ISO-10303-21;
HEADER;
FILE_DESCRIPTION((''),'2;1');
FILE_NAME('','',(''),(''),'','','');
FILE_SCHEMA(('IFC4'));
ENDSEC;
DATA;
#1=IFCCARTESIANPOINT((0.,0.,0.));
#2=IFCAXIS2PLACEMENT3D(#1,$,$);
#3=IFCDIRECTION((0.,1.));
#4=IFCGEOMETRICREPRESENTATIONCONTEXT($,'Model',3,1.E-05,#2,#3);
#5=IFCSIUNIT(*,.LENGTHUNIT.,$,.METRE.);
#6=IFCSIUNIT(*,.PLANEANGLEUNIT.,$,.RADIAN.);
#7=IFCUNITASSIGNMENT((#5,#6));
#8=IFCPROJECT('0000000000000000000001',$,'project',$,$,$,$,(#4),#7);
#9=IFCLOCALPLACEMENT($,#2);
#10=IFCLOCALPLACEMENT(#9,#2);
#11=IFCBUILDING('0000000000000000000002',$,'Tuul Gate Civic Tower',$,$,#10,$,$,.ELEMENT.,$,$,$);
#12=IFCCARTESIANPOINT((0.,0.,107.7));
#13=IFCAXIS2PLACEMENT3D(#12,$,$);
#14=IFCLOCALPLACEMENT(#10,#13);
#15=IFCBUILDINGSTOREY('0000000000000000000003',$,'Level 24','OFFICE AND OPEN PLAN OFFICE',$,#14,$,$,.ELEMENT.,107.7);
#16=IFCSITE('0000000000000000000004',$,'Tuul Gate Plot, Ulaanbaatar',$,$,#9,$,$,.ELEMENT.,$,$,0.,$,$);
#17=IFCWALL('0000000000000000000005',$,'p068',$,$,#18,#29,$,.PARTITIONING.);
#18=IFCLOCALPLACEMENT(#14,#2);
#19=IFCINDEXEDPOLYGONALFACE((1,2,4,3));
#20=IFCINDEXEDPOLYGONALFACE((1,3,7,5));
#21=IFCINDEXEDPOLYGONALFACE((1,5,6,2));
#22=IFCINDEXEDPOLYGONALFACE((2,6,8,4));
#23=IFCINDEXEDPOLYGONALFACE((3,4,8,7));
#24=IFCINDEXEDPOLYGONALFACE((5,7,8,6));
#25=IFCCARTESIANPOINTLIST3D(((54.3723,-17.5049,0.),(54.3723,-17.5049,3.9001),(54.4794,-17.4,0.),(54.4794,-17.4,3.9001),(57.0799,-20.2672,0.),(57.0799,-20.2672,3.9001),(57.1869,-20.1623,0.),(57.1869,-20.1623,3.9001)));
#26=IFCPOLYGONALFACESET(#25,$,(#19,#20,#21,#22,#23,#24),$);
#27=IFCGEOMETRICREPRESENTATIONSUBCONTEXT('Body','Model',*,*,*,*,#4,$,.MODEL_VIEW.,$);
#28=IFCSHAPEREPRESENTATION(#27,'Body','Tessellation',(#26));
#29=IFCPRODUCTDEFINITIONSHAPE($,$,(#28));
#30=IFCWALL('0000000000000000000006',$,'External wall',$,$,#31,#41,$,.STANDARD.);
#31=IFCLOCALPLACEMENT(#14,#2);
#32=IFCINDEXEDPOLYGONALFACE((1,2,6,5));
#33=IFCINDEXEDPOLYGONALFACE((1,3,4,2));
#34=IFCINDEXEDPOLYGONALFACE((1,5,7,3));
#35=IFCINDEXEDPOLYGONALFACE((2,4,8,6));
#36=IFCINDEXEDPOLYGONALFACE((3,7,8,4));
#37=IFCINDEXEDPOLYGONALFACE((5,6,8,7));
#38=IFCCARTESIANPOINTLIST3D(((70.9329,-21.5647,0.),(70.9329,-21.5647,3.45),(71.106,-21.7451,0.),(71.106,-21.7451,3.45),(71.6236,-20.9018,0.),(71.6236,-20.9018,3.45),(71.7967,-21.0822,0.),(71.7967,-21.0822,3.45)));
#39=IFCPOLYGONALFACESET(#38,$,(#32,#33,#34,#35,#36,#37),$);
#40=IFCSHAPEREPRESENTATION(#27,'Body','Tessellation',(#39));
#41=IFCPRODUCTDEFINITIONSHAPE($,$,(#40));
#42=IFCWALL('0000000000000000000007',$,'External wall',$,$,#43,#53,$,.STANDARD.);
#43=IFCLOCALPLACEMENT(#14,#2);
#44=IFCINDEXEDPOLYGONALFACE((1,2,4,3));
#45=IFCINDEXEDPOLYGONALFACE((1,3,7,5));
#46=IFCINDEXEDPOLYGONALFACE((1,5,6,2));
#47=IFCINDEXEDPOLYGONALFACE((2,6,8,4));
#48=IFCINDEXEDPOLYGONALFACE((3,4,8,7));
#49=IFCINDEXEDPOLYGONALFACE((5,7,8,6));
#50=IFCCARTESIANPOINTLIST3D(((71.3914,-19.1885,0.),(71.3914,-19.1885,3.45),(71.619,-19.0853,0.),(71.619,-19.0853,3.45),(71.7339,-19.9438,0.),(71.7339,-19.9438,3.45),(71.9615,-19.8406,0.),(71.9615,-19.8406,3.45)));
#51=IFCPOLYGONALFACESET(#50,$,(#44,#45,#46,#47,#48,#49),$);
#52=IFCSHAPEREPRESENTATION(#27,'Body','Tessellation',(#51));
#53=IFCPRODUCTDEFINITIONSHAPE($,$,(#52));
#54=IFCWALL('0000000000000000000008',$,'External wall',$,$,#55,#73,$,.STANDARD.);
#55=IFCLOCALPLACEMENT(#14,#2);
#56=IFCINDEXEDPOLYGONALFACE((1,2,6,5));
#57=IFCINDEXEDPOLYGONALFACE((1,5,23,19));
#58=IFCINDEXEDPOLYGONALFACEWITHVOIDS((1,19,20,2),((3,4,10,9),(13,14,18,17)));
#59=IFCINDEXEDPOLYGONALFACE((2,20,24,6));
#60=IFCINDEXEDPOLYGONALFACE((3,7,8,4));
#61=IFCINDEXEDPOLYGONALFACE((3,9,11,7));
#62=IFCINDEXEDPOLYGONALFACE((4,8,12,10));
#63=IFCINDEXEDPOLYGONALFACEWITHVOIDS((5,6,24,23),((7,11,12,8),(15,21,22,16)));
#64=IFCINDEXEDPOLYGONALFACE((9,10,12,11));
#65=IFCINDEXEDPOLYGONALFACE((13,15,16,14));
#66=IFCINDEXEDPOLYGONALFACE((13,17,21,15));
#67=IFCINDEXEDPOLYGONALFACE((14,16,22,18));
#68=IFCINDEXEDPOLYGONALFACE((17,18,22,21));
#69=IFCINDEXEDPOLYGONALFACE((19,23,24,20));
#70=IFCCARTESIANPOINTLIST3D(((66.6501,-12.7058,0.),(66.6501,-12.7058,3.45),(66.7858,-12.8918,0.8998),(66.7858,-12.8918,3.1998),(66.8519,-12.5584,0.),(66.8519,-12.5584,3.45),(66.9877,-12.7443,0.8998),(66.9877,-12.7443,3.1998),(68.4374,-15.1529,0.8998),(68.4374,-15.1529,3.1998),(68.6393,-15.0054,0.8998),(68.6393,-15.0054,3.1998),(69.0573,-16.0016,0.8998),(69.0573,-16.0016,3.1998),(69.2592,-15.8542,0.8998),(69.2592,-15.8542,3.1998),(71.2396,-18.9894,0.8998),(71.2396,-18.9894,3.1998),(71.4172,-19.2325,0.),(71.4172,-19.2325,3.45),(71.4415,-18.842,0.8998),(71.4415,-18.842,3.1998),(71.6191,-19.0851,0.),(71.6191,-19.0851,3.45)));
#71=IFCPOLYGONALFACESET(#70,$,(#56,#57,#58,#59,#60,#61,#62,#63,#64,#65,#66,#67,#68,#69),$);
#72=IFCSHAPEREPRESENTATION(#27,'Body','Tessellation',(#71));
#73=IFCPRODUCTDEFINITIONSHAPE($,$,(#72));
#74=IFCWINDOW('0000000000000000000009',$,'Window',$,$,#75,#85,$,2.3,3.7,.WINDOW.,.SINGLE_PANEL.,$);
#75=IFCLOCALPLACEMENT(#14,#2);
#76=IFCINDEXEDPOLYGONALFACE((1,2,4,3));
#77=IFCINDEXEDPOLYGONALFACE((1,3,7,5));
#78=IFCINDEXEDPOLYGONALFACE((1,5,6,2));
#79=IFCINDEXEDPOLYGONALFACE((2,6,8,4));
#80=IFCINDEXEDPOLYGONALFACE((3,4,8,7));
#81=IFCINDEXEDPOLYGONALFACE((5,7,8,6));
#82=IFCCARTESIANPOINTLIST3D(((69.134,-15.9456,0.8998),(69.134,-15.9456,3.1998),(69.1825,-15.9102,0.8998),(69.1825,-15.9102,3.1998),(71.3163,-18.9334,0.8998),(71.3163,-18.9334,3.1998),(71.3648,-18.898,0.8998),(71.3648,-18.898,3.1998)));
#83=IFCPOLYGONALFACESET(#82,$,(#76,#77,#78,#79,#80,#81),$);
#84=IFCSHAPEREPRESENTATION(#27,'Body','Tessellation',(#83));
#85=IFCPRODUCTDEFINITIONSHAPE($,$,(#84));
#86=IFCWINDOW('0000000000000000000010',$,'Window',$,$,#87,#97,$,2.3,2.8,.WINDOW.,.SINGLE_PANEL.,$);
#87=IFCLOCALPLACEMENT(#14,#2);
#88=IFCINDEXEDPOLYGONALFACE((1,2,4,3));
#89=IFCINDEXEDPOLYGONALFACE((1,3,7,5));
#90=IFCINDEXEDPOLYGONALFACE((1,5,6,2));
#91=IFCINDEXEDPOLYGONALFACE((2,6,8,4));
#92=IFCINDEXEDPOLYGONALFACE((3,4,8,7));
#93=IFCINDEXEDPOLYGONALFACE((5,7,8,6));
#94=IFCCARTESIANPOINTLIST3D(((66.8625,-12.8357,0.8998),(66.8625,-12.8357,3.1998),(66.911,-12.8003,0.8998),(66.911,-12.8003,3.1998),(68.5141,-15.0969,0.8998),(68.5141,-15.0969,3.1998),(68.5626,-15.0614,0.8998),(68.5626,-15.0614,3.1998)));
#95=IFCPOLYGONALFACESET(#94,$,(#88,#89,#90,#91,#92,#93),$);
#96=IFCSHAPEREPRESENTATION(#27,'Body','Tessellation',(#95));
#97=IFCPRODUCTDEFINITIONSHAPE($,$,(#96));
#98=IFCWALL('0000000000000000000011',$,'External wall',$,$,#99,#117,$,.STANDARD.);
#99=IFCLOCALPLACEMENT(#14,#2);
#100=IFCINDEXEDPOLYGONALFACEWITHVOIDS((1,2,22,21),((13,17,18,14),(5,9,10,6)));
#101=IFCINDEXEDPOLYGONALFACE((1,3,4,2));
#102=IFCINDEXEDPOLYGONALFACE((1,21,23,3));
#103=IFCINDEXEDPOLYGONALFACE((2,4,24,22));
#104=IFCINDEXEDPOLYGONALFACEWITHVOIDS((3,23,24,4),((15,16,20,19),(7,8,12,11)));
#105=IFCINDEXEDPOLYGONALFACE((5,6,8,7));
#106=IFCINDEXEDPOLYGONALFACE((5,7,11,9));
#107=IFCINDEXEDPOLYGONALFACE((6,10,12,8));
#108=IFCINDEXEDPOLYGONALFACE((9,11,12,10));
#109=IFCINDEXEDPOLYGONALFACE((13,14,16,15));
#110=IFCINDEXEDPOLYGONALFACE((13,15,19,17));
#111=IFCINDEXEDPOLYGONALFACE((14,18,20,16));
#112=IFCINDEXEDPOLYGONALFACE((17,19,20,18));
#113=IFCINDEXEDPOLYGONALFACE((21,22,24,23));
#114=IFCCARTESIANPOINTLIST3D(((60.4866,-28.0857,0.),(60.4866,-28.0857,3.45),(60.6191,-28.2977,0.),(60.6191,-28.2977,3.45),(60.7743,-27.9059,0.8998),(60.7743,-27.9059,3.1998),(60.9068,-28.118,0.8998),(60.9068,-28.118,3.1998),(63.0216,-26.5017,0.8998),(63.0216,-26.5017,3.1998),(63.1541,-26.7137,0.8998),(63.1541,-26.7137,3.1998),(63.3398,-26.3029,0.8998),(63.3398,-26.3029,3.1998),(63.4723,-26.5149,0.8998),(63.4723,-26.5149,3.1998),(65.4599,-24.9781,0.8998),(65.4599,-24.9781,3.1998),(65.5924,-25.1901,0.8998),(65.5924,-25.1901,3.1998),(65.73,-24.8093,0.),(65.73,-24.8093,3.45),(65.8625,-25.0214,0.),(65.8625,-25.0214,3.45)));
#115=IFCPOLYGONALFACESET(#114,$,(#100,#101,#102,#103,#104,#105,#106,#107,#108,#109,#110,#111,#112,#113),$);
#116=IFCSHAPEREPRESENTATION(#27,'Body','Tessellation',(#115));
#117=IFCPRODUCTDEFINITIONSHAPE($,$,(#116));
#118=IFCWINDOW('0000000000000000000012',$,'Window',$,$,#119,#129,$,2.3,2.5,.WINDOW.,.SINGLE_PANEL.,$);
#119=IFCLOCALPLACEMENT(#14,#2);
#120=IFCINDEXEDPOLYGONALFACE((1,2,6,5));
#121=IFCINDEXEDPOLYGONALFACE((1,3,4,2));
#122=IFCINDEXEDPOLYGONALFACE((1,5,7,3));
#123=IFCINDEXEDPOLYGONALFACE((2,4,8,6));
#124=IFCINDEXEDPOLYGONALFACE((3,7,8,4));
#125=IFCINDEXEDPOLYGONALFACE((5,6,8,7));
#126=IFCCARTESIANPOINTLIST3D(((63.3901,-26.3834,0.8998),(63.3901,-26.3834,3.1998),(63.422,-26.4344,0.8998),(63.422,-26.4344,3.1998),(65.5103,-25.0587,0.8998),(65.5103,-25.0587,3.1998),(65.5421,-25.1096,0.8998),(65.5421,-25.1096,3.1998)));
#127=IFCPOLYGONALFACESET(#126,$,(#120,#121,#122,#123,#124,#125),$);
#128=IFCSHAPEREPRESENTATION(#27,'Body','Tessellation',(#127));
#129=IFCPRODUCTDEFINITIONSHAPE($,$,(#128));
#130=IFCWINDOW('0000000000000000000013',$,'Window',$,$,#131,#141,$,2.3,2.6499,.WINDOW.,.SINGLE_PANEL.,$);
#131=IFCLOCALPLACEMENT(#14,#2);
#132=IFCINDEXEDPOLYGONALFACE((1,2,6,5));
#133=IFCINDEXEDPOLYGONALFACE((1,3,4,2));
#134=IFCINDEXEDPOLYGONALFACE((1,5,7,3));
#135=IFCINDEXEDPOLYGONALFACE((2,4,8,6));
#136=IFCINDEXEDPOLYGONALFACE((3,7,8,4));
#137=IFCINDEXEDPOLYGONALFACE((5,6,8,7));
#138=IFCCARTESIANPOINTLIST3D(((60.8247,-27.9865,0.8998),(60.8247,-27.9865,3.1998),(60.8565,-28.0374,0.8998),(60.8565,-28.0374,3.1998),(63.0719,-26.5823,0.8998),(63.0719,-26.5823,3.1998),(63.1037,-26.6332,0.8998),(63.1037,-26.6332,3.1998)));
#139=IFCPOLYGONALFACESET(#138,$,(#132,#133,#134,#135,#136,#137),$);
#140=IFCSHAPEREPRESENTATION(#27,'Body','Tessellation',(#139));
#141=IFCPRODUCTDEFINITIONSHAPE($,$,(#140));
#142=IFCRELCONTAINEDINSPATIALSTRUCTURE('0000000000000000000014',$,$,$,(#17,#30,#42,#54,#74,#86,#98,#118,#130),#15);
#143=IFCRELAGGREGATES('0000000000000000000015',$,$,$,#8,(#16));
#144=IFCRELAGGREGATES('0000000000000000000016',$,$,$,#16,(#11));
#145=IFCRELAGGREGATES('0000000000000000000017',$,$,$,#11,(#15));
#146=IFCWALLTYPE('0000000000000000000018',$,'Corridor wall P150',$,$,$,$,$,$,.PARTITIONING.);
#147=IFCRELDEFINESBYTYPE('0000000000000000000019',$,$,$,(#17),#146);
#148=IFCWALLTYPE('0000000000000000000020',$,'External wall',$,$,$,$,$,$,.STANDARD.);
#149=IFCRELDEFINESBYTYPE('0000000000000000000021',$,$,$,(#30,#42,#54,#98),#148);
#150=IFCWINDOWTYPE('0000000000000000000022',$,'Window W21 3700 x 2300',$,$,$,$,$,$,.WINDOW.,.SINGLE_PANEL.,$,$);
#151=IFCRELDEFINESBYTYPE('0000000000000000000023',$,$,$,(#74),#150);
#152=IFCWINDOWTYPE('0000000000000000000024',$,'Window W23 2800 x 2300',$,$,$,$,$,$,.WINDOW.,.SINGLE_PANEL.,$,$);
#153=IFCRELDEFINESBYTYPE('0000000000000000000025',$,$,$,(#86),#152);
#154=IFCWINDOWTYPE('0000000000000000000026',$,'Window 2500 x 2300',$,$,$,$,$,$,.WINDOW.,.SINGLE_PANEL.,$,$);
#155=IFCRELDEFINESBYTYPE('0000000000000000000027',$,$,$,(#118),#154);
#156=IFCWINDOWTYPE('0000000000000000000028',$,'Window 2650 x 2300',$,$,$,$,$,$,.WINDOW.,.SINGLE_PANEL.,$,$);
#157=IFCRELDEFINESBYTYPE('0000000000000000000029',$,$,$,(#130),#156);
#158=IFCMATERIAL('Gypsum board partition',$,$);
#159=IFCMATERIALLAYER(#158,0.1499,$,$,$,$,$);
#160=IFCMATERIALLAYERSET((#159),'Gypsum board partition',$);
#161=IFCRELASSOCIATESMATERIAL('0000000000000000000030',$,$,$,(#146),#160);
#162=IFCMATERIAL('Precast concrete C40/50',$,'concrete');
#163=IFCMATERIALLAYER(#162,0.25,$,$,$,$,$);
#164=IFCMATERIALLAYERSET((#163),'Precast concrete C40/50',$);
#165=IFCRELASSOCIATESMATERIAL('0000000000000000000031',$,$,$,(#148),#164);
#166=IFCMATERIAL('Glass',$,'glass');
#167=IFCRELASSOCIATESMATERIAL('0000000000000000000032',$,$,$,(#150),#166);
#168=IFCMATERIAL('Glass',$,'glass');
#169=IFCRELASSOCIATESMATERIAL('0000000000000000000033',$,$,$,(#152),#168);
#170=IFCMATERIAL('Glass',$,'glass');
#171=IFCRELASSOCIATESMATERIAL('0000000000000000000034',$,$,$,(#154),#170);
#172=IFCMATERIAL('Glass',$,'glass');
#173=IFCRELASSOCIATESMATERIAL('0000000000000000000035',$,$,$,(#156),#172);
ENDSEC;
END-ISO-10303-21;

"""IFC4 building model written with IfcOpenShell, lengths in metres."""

from ifc_helpers import new_model, si_unit, direction, frame, frame_2d, origin, place, context, subcontext, project, spatial, rectangle, extrude, material, layer, layer_set, type_object, element, fill, save


model = new_model("IFC4")

# Units and contexts
model_context = context("Model", 3, precision=1e-05, world=origin(), true_north=direction((0.0, 1.0)))
body_context = subcontext(model_context, "Body", "Model", "MODEL_VIEW")
ifc_project = project(units=[si_unit("LENGTHUNIT", "METRE"), si_unit("PLANEANGLEUNIT", "RADIAN")], contexts=[model_context])

# Site, building, storey
site_placement = place(None, origin())
site = spatial("IfcSite", under=ifc_project, at=site_placement, Name="Tuul Gate Plot, Ulaanbaatar", CompositionType="ELEMENT", RefElevation=0.0)
building_placement = place(site_placement, origin())
building = spatial("IfcBuilding", under=site, at=building_placement, Name="Tuul Gate Civic Tower", CompositionType="ELEMENT")
storey_placement = place(building_placement, frame((0.0, 0.0, 107.7)))
storey = spatial("IfcBuildingStorey", under=building, at=storey_placement, Name="Level 24", Description="OFFICE AND OPEN PLAN OFFICE", CompositionType="ELEMENT", Elevation=107.7)

# Shared definitions
ifc_material_1 = material(Name="Gypsum board partition")
ifc_layer_1 = layer(ifc_material_1, 0.1499)
ifc_layer_set_1 = layer_set([ifc_layer_1], Name="Gypsum board partition")
wall_type_1 = type_object("IfcWallType", Name="Corridor wall P150", PredefinedType="PARTITIONING", material=ifc_layer_set_1)

# Walls
wall_1_placement = place(storey_placement, frame((54.4258, -17.4524, 0.0), z_axis=(0.0, 0.0, 1.0), x_axis=(0.700002, -0.714141, 0.0)))
element("IfcWall", 1, at=wall_1_placement, inside=storey, type_object=wall_type_1, Name="p068", PredefinedType="PARTITIONING", context=body_context, shape_type="SweptSolid", body=[
    extrude(rectangle(XDim=3.8679, YDim=0.1499, at=frame_2d((1.9341, 0.0))), origin(), (0.0, 0.0, 1.0), 3.9001),
])
ifc_material_2 = material(Name="Precast concrete C40/50", Category="concrete")
ifc_layer_2 = layer(ifc_material_2, 0.25)
ifc_layer_set_2 = layer_set([ifc_layer_2], Name="Precast concrete C40/50")
wall_type_2 = type_object("IfcWallType", Name="External wall", PredefinedType="STANDARD", material=ifc_layer_set_2)
wall_2_placement = place(storey_placement, frame((71.0195, -21.6548, 0.0), z_axis=(0.0, 0.0, 1.0), x_axis=(0.721494, 0.69242, 0.0)))
element("IfcWall", 2, at=wall_2_placement, inside=storey, type_object=wall_type_2, Name="External wall", PredefinedType="STANDARD", context=body_context, shape_type="SweptSolid", body=[
    extrude(rectangle(XDim=0.9573, YDim=0.25, at=frame_2d((0.4785, 0.0))), origin(), (0.0, 0.0, 1.0), 3.45),
])
wall_3_placement = place(storey_placement, frame((71.8477, -19.8921, 0.0), z_axis=(0.0, 0.0, 1.0), x_axis=(-0.412982, 0.910739, 0.0)))
element("IfcWall", 3, at=wall_3_placement, inside=storey, type_object=wall_type_2, Name="External wall", PredefinedType="STANDARD", context=body_context, shape_type="SweptSolid", body=[
    extrude(rectangle(XDim=0.8293, YDim=0.25, at=frame_2d((0.4146, 0.0))), origin(), (0.0, 0.0, 1.0), 3.45),
])

# Walls, openings, windows
wall_4_placement = place(storey_placement, frame((71.5181, -19.1587, 0.0), z_axis=(0.0, 0.0, 1.0), x_axis=(-0.589826, 0.80753, 0.0)))
wall_4 = element("IfcWall", 4, at=wall_4_placement, inside=storey, type_object=wall_type_2, Name="External wall", PredefinedType="STANDARD", context=body_context, shape_type="SweptSolid", body=[
    extrude(rectangle(XDim=8.0823, YDim=0.25, at=frame_2d((4.041, 0.0))), origin(), (0.0, 0.0, 1.0), 3.45),
])
opening_1_placement = place(wall_4_placement, frame((0.3008, 0.0, 0.8999)))
opening_1 = element("IfcOpeningElement", 5, at=opening_1_placement, cuts=wall_4, PredefinedType="OPENING", context=body_context, shape_type="SweptSolid", body=[
    extrude(rectangle(XDim=3.7, YDim=2.3, at=frame_2d((1.8501, 1.1499))), frame((0.0, 0.135, 0.0), z_axis=(0.0, -1.0, 0.0), x_axis=(1.0, 0.0, 0.0)), (0.0, 0.0, 1.0), 0.27),
])
opening_2_placement = place(wall_4_placement, frame((5.052, 0.0, 0.8999)))
opening_2 = element("IfcOpeningElement", 6, at=opening_2_placement, cuts=wall_4, PredefinedType="OPENING", context=body_context, shape_type="SweptSolid", body=[
    extrude(rectangle(XDim=2.8, YDim=2.3, at=frame_2d((1.3999, 1.1499))), frame((0.0, 0.135, 0.0), z_axis=(0.0, -1.0, 0.0), x_axis=(1.0, 0.0, 0.0)), (0.0, 0.0, 1.0), 0.27),
])
ifc_material_3 = material(Name="Glass", Category="glass")
window_type_1 = type_object("IfcWindowType", Name="Window W21 3700 x 2300", PartitioningType="SINGLE_PANEL", PredefinedType="WINDOW", material=ifc_material_3)
window_1_placement = place(opening_1_placement, origin())
window_1 = element("IfcWindow", 7, at=window_1_placement, inside=storey, type_object=window_type_1, Name="Window", OverallHeight=2.3, OverallWidth=3.7, PartitioningType="SINGLE_PANEL", PredefinedType="WINDOW", context=body_context, shape_type="SweptSolid", body=[
    extrude(rectangle(XDim=3.7, YDim=2.3, at=frame_2d((1.8501, 1.1499))), frame((0.0, 0.03, 0.0), z_axis=(0.0, -1.0, 0.0), x_axis=(1.0, 0.0, 0.0)), (0.0, 0.0, 1.0), 0.0601),
])
fill(opening_1, window_1)
ifc_material_4 = material(Name="Glass", Category="glass")
window_type_2 = type_object("IfcWindowType", Name="Window W23 2800 x 2300", PartitioningType="SINGLE_PANEL", PredefinedType="WINDOW", material=ifc_material_4)
window_2_placement = place(opening_2_placement, origin())
window_2 = element("IfcWindow", 8, at=window_2_placement, inside=storey, type_object=window_type_2, Name="Window", OverallHeight=2.3, OverallWidth=2.8, PartitioningType="SINGLE_PANEL", PredefinedType="WINDOW", context=body_context, shape_type="SweptSolid", body=[
    extrude(rectangle(XDim=2.8, YDim=2.3, at=frame_2d((1.3999, 1.1499))), frame((0.0, 0.03, 0.0), z_axis=(0.0, -1.0, 0.0), x_axis=(1.0, 0.0, 0.0)), (0.0, 0.0, 1.0), 0.0601),
])
fill(opening_2, window_2)
wall_5_placement = place(storey_placement, frame((60.553, -28.1917, 0.0), z_axis=(0.0, 0.0, 1.0), x_axis=(0.848054, 0.52991, 0.0)))
wall_5 = element("IfcWall", 9, at=wall_5_placement, inside=storey, type_object=wall_type_2, Name="External wall", PredefinedType="STANDARD", context=body_context, shape_type="SweptSolid", body=[
    extrude(rectangle(XDim=6.1829, YDim=0.25, at=frame_2d((3.0913, 0.0))), origin(), (0.0, 0.0, 1.0), 3.45),
])
opening_3_placement = place(wall_5_placement, frame((0.3391, 0.0, 0.8999)))
opening_3 = element("IfcOpeningElement", 10, at=opening_3_placement, cuts=wall_5, PredefinedType="OPENING", context=body_context, shape_type="SweptSolid", body=[
    extrude(rectangle(XDim=2.6499, YDim=2.3, at=frame_2d((1.325, 1.1499))), frame((0.0, 0.135, 0.0), z_axis=(0.0, -1.0, 0.0), x_axis=(1.0, 0.0, 0.0)), (0.0, 0.0, 1.0), 0.27),
])
opening_4_placement = place(wall_5_placement, frame((3.3643, 0.0, 0.8999)))
opening_4 = element("IfcOpeningElement", 11, at=opening_4_placement, cuts=wall_5, PredefinedType="OPENING", context=body_context, shape_type="SweptSolid", body=[
    extrude(rectangle(XDim=2.5, YDim=2.3, at=frame_2d((1.25, 1.1499))), frame((0.0, 0.135, 0.0), z_axis=(0.0, -1.0, 0.0), x_axis=(1.0, 0.0, 0.0)), (0.0, 0.0, 1.0), 0.27),
])
ifc_material_5 = material(Name="Glass", Category="glass")
window_type_3 = type_object("IfcWindowType", Name="Window 2500 x 2300", PartitioningType="SINGLE_PANEL", PredefinedType="WINDOW", material=ifc_material_5)
window_3_placement = place(opening_4_placement, origin())
window_3 = element("IfcWindow", 12, at=window_3_placement, inside=storey, type_object=window_type_3, Name="Window", OverallHeight=2.3, OverallWidth=2.5, PartitioningType="SINGLE_PANEL", PredefinedType="WINDOW", context=body_context, shape_type="SweptSolid", body=[
    extrude(rectangle(XDim=2.5, YDim=2.3, at=frame_2d((1.25, 1.1499))), frame((0.0, 0.03, 0.0), z_axis=(0.0, -1.0, 0.0), x_axis=(1.0, 0.0, 0.0)), (0.0, 0.0, 1.0), 0.0601),
])
fill(opening_4, window_3)
ifc_material_6 = material(Name="Glass", Category="glass")
window_type_4 = type_object("IfcWindowType", Name="Window 2650 x 2300", PartitioningType="SINGLE_PANEL", PredefinedType="WINDOW", material=ifc_material_6)
window_4_placement = place(opening_3_placement, origin())
window_4 = element("IfcWindow", 13, at=window_4_placement, inside=storey, type_object=window_type_4, Name="Window", OverallHeight=2.3, OverallWidth=2.6499, PartitioningType="SINGLE_PANEL", PredefinedType="WINDOW", context=body_context, shape_type="SweptSolid", body=[
    extrude(rectangle(XDim=2.6499, YDim=2.3, at=frame_2d((1.325, 1.1499))), frame((0.0, 0.03, 0.0), z_axis=(0.0, -1.0, 0.0), x_axis=(1.0, 0.0, 0.0)), (0.0, 0.0, 1.0), 0.0601),
])
fill(opening_3, window_4)

save(model, "model.ifc")
